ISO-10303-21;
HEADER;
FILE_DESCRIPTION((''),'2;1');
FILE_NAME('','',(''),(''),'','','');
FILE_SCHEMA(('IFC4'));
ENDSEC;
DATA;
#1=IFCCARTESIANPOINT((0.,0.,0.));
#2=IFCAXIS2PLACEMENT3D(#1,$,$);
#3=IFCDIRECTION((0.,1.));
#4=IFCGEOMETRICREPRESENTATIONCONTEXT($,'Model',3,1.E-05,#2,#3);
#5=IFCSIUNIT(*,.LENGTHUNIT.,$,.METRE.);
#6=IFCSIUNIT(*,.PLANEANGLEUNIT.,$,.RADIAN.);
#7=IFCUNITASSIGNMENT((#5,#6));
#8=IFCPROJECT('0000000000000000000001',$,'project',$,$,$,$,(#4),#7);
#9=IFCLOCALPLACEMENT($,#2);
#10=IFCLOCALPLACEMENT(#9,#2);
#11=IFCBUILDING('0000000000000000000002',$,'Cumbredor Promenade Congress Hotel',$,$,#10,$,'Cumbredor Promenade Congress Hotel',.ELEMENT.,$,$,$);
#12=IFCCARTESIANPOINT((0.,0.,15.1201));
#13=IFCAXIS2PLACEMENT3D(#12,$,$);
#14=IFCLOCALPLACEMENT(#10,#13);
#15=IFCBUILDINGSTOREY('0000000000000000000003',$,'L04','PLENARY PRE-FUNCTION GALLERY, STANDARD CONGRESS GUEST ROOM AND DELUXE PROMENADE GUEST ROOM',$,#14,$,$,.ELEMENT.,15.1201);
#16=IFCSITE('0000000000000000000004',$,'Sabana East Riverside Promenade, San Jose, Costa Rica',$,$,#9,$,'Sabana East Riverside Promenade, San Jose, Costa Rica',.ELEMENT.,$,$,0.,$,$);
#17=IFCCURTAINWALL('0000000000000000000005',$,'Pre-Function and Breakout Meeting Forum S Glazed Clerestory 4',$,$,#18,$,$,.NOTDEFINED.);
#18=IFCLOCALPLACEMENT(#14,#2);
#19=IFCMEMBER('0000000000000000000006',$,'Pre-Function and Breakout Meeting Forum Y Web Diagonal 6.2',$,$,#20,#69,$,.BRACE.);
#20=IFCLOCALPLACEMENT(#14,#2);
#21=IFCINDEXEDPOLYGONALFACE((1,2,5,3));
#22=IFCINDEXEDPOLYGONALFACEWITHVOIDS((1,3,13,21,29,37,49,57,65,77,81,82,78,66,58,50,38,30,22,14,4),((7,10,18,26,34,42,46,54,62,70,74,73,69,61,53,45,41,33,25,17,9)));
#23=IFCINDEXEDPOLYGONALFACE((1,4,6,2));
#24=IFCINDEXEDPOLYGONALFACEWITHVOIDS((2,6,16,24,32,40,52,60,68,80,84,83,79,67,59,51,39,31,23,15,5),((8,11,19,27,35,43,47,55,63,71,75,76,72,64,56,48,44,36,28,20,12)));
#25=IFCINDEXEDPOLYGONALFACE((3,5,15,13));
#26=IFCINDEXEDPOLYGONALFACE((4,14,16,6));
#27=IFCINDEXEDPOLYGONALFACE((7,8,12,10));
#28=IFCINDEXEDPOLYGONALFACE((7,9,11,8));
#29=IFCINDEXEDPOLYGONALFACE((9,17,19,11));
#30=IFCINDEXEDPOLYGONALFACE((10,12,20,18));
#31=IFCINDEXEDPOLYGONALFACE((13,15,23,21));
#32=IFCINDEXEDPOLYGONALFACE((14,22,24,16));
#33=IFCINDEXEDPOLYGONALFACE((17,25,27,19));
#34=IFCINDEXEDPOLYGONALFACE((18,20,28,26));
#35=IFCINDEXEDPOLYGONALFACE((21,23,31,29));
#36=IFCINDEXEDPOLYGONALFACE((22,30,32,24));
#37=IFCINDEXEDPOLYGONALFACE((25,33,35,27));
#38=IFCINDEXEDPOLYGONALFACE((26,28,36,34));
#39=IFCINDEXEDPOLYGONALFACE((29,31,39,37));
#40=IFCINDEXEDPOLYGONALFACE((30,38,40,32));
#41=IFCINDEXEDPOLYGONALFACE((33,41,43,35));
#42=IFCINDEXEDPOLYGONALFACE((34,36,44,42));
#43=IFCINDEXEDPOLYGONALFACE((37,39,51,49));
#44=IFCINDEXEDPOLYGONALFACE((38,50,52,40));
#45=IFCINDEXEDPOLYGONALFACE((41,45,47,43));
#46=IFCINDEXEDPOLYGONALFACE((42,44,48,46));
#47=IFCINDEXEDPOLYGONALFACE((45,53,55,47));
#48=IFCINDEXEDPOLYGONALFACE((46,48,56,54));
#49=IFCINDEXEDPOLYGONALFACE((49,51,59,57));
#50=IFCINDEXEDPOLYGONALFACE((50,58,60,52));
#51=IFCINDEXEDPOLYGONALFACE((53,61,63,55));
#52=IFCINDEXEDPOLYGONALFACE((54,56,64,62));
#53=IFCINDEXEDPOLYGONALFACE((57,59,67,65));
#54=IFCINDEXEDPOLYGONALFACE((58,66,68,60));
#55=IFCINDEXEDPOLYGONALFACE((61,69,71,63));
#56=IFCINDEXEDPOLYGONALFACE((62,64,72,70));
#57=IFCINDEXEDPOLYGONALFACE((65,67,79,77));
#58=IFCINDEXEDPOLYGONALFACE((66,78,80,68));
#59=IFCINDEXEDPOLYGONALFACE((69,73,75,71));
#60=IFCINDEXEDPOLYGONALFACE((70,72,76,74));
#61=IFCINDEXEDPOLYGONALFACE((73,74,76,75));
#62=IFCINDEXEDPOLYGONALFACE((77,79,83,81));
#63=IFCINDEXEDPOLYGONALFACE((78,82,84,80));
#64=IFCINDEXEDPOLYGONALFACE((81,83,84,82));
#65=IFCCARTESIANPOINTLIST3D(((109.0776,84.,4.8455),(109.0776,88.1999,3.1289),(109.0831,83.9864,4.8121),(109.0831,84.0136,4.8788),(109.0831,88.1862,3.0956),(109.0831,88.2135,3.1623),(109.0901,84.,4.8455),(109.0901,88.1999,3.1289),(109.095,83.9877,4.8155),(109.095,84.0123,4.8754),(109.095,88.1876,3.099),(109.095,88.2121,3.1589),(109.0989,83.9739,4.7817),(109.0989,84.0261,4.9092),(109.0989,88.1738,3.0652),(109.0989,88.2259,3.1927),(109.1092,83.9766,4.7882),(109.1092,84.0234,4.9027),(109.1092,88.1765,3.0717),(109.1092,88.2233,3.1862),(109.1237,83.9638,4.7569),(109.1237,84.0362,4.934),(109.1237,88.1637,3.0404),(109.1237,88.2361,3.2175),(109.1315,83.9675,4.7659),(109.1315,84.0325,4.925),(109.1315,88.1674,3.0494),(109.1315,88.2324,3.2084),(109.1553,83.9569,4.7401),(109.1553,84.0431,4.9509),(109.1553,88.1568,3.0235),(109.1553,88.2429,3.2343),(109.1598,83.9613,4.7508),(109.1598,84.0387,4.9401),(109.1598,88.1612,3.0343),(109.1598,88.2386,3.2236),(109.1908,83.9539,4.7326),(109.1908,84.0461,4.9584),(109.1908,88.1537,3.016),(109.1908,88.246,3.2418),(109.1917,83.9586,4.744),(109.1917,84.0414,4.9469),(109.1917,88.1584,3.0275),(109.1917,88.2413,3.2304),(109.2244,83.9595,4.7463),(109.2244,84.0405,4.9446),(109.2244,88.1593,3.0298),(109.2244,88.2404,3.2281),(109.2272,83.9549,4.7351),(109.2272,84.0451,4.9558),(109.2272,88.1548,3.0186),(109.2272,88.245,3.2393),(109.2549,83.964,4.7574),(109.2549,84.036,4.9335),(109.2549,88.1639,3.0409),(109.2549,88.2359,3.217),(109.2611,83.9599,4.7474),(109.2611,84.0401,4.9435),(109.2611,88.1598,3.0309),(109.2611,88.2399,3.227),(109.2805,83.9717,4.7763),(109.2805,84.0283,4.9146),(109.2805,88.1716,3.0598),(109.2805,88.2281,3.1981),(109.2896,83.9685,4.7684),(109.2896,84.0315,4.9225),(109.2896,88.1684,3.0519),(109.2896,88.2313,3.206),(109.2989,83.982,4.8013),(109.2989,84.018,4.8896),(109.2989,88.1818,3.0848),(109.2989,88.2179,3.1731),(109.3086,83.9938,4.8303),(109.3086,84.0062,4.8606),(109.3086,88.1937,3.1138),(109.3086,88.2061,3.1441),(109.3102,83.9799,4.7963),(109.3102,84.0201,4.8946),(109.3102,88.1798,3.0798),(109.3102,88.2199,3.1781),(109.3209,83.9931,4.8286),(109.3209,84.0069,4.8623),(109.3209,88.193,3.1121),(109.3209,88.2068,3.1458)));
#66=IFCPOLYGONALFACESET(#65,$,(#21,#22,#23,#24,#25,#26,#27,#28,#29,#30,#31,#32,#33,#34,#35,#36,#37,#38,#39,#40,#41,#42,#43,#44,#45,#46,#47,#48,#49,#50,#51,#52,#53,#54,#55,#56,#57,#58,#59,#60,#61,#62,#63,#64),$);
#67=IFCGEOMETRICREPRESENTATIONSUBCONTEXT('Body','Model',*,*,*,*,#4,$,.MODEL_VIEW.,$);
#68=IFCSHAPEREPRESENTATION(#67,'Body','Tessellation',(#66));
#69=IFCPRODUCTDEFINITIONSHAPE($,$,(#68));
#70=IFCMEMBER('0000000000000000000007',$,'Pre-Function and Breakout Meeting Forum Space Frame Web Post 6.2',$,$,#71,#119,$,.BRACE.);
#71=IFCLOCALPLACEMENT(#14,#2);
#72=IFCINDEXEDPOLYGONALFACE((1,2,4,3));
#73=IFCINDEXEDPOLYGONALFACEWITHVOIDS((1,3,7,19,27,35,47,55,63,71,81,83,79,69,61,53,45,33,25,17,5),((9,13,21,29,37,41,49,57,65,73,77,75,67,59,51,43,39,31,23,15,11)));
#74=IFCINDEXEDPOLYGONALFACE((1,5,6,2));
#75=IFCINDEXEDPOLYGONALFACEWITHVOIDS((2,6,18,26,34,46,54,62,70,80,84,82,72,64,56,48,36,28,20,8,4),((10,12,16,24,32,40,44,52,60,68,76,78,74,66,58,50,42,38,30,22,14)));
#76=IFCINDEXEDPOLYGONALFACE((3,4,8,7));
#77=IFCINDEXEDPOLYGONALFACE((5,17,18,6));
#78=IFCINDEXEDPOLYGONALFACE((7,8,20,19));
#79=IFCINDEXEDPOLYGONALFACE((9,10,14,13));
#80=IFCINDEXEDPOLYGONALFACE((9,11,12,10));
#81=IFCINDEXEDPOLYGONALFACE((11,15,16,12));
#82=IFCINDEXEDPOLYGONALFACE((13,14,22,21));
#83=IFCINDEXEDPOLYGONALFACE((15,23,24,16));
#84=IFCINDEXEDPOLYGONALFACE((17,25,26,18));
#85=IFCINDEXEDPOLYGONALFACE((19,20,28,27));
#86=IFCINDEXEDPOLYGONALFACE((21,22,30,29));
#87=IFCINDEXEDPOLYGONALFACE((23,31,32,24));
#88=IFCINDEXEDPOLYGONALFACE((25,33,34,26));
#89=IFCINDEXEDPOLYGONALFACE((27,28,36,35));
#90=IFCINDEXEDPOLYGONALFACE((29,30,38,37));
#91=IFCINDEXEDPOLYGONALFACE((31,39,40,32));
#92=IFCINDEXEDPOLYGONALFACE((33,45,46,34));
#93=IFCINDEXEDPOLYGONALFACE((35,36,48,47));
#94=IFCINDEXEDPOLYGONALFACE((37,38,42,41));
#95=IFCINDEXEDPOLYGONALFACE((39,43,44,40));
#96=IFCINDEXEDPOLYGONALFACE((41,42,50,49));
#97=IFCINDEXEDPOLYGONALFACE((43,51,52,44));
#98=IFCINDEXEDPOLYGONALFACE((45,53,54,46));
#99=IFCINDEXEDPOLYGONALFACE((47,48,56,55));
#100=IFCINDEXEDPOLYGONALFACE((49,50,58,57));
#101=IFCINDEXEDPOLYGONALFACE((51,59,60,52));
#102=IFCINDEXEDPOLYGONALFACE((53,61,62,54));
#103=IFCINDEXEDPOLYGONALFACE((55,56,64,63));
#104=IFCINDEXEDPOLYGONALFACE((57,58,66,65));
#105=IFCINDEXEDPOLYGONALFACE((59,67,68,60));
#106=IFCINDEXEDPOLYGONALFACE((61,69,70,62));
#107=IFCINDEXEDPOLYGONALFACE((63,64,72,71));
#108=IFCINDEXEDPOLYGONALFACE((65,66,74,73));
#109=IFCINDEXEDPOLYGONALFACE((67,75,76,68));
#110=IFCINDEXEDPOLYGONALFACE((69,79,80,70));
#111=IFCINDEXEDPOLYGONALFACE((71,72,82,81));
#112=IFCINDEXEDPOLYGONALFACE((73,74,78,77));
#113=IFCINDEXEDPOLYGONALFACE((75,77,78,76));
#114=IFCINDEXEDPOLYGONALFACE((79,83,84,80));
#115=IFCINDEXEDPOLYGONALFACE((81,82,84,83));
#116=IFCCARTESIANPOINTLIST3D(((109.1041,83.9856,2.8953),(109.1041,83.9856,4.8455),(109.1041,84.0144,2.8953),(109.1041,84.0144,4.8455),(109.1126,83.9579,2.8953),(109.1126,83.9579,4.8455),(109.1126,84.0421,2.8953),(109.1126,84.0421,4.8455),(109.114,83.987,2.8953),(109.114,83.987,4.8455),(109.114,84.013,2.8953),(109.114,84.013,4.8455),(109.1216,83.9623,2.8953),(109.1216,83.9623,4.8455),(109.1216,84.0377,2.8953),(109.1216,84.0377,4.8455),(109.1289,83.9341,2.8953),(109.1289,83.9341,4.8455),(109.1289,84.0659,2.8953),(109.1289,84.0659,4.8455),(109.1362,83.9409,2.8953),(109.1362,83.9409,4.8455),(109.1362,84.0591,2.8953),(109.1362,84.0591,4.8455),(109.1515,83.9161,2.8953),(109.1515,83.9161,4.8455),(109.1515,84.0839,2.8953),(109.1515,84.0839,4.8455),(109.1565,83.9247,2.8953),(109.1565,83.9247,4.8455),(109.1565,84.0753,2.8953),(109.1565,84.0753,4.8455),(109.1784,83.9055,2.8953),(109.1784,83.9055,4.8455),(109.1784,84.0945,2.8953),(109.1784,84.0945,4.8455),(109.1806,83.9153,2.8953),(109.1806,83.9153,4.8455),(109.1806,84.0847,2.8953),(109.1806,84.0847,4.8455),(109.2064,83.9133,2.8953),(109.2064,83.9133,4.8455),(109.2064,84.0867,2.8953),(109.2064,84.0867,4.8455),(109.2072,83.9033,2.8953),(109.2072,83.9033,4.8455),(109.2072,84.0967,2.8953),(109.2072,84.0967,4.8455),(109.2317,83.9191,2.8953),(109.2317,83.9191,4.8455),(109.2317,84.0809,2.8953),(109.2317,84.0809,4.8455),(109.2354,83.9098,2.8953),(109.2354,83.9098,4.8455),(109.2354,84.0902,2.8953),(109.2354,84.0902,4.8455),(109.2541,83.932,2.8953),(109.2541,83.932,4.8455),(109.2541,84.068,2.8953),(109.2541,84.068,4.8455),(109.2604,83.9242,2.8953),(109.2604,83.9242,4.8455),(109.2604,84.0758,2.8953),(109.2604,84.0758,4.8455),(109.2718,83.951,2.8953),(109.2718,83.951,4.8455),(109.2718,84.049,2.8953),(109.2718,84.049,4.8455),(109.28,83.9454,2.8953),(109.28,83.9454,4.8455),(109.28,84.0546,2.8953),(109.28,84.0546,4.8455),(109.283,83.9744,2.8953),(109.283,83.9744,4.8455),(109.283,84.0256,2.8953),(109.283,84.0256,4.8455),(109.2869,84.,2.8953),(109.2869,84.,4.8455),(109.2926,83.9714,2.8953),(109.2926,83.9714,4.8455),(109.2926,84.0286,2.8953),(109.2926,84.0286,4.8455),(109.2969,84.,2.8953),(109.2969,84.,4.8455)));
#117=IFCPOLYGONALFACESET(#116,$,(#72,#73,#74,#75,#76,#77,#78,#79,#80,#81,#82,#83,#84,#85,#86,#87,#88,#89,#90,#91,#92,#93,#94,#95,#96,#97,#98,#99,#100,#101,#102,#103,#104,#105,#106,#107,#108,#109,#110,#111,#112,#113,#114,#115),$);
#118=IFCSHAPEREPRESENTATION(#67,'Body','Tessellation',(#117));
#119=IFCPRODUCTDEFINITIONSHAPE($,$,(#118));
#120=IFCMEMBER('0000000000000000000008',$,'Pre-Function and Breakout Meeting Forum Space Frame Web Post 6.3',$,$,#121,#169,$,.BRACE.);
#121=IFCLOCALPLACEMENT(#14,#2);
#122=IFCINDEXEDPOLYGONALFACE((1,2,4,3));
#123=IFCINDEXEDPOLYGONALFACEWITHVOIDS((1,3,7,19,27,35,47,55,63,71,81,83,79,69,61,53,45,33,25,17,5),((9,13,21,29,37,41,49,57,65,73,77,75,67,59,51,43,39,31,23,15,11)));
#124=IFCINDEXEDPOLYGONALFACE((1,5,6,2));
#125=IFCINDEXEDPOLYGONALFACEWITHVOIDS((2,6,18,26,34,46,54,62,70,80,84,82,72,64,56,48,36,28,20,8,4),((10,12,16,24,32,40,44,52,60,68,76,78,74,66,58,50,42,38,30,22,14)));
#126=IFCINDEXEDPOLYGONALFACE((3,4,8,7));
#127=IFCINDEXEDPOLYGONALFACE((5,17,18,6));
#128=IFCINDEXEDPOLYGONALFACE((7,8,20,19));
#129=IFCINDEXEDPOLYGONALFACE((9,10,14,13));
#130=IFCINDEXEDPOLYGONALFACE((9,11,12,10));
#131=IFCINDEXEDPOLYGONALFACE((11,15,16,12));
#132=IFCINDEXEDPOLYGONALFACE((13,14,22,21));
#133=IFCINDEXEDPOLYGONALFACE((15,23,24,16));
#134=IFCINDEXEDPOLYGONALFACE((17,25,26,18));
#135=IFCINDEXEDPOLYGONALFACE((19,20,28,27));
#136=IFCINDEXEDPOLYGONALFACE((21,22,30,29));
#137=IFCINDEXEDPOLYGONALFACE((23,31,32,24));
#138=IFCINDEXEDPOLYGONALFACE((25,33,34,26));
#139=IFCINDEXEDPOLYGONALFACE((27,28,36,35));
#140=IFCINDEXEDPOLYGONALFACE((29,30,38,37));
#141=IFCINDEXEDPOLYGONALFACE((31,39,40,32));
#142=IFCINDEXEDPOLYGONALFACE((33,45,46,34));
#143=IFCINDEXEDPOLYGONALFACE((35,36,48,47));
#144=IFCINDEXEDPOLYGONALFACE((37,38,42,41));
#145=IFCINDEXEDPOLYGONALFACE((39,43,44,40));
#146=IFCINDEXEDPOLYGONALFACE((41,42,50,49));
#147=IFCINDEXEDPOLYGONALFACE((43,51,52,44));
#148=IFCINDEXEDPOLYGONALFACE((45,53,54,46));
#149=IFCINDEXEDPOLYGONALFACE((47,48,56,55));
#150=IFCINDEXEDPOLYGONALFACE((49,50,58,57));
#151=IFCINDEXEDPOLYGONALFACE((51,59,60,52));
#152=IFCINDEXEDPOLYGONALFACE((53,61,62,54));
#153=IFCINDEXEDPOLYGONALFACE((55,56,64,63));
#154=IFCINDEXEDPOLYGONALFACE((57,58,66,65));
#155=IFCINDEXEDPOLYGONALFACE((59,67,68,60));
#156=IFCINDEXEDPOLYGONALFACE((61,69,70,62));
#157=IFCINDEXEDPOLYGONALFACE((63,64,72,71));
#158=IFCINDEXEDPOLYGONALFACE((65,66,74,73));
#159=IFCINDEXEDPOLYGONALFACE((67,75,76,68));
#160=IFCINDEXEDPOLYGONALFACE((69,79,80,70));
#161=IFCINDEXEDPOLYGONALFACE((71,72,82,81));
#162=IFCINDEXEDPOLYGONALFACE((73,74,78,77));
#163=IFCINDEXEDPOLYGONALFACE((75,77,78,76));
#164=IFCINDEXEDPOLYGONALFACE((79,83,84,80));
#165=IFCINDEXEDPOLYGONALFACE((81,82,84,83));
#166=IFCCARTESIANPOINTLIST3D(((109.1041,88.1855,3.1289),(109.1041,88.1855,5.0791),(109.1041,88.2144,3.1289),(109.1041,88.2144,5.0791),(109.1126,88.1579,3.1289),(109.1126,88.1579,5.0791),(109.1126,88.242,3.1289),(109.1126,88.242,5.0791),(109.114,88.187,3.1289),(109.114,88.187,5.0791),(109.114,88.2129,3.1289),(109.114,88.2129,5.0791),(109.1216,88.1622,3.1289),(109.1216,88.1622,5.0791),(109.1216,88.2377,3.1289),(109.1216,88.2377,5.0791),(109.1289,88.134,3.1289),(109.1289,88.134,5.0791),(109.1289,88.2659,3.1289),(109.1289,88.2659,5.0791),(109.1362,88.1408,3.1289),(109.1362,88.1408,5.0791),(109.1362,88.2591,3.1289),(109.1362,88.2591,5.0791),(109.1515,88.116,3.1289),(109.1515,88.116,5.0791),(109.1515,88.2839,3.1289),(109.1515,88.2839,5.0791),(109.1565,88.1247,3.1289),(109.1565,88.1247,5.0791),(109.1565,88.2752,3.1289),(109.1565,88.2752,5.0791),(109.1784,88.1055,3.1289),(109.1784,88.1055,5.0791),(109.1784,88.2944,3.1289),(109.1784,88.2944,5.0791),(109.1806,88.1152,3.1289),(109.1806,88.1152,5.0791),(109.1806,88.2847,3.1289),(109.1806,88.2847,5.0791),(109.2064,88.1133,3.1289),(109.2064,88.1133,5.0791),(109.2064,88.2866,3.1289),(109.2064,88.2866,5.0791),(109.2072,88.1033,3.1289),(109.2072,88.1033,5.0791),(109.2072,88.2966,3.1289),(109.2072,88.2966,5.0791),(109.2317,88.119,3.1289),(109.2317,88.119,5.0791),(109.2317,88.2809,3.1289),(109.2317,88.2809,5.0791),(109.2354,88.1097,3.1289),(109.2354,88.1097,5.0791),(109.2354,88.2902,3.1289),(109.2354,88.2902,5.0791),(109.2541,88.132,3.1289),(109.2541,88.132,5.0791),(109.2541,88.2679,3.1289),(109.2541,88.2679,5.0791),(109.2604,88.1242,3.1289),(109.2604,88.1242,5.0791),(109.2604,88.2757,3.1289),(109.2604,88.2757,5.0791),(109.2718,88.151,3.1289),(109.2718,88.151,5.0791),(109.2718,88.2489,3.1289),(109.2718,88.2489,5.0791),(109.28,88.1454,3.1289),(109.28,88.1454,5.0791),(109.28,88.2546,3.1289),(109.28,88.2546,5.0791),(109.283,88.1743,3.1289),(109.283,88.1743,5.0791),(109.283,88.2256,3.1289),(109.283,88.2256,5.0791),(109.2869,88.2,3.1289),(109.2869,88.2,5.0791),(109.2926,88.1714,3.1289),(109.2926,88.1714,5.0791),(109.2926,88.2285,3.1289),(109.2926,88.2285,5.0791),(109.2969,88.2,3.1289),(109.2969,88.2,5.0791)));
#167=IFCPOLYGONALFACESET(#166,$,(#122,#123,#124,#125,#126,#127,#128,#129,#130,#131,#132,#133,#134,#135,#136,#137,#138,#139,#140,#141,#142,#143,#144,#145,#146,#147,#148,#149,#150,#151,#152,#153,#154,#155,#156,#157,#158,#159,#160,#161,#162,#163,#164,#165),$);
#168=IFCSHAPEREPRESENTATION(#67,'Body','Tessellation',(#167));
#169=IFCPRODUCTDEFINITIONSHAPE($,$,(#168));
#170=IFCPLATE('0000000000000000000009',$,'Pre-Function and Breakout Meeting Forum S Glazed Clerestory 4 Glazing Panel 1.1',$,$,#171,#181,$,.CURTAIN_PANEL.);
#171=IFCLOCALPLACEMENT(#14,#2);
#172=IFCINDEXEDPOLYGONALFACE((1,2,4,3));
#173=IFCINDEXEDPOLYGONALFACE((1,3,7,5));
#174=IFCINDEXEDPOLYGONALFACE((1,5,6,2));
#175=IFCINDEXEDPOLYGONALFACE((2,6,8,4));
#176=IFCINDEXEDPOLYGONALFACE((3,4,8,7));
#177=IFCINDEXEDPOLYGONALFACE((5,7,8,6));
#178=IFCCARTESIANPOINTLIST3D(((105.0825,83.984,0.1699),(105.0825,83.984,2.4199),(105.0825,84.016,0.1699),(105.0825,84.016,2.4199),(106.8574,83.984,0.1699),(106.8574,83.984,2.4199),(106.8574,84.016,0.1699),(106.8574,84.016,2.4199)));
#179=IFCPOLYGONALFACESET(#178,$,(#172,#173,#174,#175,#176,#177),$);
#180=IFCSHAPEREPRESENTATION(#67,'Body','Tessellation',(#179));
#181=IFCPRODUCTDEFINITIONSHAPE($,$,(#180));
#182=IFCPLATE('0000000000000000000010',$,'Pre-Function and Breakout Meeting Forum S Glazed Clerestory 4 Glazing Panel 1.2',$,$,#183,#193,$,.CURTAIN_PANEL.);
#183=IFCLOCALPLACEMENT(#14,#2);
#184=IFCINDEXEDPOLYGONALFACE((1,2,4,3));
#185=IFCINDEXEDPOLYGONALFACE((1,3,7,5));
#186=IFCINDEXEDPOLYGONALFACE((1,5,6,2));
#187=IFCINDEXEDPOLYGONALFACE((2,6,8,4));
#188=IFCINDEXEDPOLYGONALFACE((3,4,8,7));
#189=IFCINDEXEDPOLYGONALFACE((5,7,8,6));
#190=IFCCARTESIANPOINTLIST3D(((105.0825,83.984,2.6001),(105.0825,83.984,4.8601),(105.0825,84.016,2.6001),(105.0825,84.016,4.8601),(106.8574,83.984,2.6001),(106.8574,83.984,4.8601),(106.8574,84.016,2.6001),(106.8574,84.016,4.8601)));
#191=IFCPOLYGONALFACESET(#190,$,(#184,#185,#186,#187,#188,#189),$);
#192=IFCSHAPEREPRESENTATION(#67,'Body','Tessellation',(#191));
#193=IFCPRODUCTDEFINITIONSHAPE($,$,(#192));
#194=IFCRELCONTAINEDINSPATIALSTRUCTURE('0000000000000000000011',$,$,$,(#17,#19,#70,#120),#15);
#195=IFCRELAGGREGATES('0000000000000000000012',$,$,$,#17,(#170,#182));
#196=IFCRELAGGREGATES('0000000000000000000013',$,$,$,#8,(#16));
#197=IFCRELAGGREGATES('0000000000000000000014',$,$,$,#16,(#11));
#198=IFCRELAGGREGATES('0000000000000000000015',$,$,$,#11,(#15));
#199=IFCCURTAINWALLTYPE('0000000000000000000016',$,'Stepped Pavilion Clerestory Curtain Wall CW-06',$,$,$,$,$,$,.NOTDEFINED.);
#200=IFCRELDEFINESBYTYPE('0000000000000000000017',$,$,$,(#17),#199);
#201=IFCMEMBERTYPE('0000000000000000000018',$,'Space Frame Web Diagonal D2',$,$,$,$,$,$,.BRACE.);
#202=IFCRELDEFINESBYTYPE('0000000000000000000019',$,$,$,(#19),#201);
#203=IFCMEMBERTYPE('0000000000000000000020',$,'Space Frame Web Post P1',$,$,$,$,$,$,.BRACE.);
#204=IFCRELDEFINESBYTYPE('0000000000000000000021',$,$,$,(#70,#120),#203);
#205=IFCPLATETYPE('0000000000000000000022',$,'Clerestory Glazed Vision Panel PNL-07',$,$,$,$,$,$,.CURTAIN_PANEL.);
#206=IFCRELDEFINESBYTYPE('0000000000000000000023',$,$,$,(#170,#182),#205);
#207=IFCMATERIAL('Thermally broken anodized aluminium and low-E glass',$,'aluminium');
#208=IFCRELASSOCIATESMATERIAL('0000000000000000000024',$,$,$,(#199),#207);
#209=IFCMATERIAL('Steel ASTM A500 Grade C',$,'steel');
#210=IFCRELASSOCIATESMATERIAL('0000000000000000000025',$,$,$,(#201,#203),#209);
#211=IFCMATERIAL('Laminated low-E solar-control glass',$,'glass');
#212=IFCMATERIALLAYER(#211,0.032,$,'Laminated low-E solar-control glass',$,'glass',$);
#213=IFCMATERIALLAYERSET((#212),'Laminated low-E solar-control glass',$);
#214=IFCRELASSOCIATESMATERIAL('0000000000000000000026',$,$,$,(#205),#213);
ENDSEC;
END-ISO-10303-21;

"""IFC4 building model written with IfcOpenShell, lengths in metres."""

from ifc_helpers import new_model, si_unit, direction, frame, origin, origin_2d, place, context, subcontext, project, spatial, rectangle, hollow_circle, extrude, material, layer, layer_set, material_profile, profile_set, type_object, element, aggregate, save


model = new_model("IFC4")

# Units and contexts
model_context = context("Model", 3, precision=1e-05, world=origin(), true_north=direction((0.0, 1.0)))
body_context = subcontext(model_context, "Body", "Model", "MODEL_VIEW")
ifc_project = project(units=[si_unit("LENGTHUNIT", "METRE"), si_unit("PLANEANGLEUNIT", "RADIAN")], contexts=[model_context])

# Site, building, storey
site_placement = place(None, origin())
site = spatial("IfcSite", under=ifc_project, at=site_placement, Name="Sabana East Riverside Promenade, San Jose, Costa Rica", LongName="Sabana East Riverside Promenade, San Jose, Costa Rica", CompositionType="ELEMENT", RefElevation=0.0)
building_placement = place(site_placement, origin())
building = spatial("IfcBuilding", under=site, at=building_placement, Name="Cumbredor Promenade Congress Hotel", LongName="Cumbredor Promenade Congress Hotel", CompositionType="ELEMENT")
storey_placement = place(building_placement, frame((0.0, 0.0, 15.1201)))
storey = spatial("IfcBuildingStorey", under=building, at=storey_placement, Name="L04", Description="PLENARY PRE-FUNCTION GALLERY, STANDARD CONGRESS GUEST ROOM AND DELUXE PROMENADE GUEST ROOM", CompositionType="ELEMENT", Elevation=15.1201)

# Curtain wall
ifc_material_1 = material(Name="Thermally broken anodized aluminium and low-E glass", Category="aluminium")
curtain_wall_type = type_object("IfcCurtainWallType", Name="Stepped Pavilion Clerestory Curtain Wall CW-06", PredefinedType="NOTDEFINED", material=ifc_material_1)
curtain_wall_placement = place(storey_placement, origin())
curtain_wall = element("IfcCurtainWall", 1, at=curtain_wall_placement, inside=storey, type_object=curtain_wall_type, Name="Pre-Function and Breakout Meeting Forum S Glazed Clerestory 4", PredefinedType="NOTDEFINED")

# Members
ifc_material_2 = material(Name="Steel ASTM A500 Grade C", Category="steel")
ifc_material_profile_1 = material_profile(ifc_material_2, hollow_circle(Radius=0.1223, WallThickness=0.0125, at=origin_2d()), Name="CHS 244.5x12.5")
ifc_profile_set_1 = profile_set([ifc_material_profile_1], Name="Steel ASTM A500 Grade C")
member_type_1 = type_object("IfcMemberType", Name="Space Frame Web Diagonal D2", PredefinedType="BRACE", material=ifc_profile_set_1)
member_1_placement = place(storey_placement, frame((109.2, 84.0, 4.8455), z_axis=(0.0, 0.925671, -0.378329), x_axis=(-1.0, 0.0, 0.0)))
element("IfcMember", 2, at=member_1_placement, inside=storey, type_object=member_type_1, Name="Pre-Function and Breakout Meeting Forum Y Web Diagonal 6.2", PredefinedType="BRACE", context=body_context, shape_type="SweptSolid", body=[
    extrude(hollow_circle(Radius=0.1223, WallThickness=0.0125, at=origin_2d()), origin(), (0.0, 0.0, 1.0), 4.5371),
])
ifc_material_profile_2 = material_profile(ifc_material_2, hollow_circle(Radius=0.0969, WallThickness=0.01, at=origin_2d()), Name="CHS 193.7x10")
ifc_profile_set_2 = profile_set([ifc_material_profile_2], Name="Steel ASTM A500 Grade C")
member_type_2 = type_object("IfcMemberType", Name="Space Frame Web Post P1", PredefinedType="BRACE", material=ifc_profile_set_2)
for number, where, z_axis, x_axis, name in (
    (3, (109.2, 84.0, 2.8953), (0.0, 0.0, 1.0), (1.0, 0.0, 0.0), "Pre-Function and Breakout Meeting Forum Space Frame Web Post 6.2"),
    (4, (109.2, 88.2, 3.1289), (0.0, 0.0, 1.0), (1.0, 0.0, 0.0), "Pre-Function and Breakout Meeting Forum Space Frame Web Post 6.3"),
):
    element("IfcMember", number, at=place(storey_placement, frame(where, z_axis=z_axis, x_axis=x_axis)), inside=storey, type_object=member_type_2, Name=name, PredefinedType="BRACE", context=body_context, shape_type="SweptSolid", body=[
        extrude(hollow_circle(Radius=0.0969, WallThickness=0.01, at=origin_2d()), origin(), (0.0, 0.0, 1.0), 1.9502),
    ])

# Plates
ifc_material_3 = material(Name="Laminated low-E solar-control glass", Category="glass")
ifc_layer_1 = layer(ifc_material_3, 0.032, Name="Laminated low-E solar-control glass", Category="glass")
ifc_layer_set_1 = layer_set([ifc_layer_1], Name="Laminated low-E solar-control glass")
plate_type_1 = type_object("IfcPlateType", Name="Clerestory Glazed Vision Panel PNL-07", PredefinedType="CURTAIN_PANEL", material=ifc_layer_set_1)
plate_1_placement = place(storey_placement, frame((105.97, 84.0, 0.1699), z_axis=(0.0, 0.0, 1.0), x_axis=(1.0, 0.0, 0.0)))
plate_1 = element("IfcPlate", 5, at=plate_1_placement, type_object=plate_type_1, Name="Pre-Function and Breakout Meeting Forum S Glazed Clerestory 4 Glazing Panel 1.1", PredefinedType="CURTAIN_PANEL", context=body_context, shape_type="SweptSolid", body=[
    extrude(rectangle(XDim=1.7749, YDim=0.032, at=origin_2d()), origin(), (0.0, 0.0, 1.0), 2.25),
])
plate_2_placement = place(storey_placement, frame((105.97, 84.0, 2.6001), z_axis=(0.0, 0.0, 1.0), x_axis=(1.0, 0.0, 0.0)))
plate_2 = element("IfcPlate", 6, at=plate_2_placement, type_object=plate_type_1, Name="Pre-Function and Breakout Meeting Forum S Glazed Clerestory 4 Glazing Panel 1.2", PredefinedType="CURTAIN_PANEL", context=body_context, shape_type="SweptSolid", body=[
    extrude(rectangle(XDim=1.7749, YDim=0.032, at=origin_2d()), origin(), (0.0, 0.0, 1.0), 2.26),
])
aggregate(curtain_wall, [plate_1, plate_2])

save(model, "model.ifc")
